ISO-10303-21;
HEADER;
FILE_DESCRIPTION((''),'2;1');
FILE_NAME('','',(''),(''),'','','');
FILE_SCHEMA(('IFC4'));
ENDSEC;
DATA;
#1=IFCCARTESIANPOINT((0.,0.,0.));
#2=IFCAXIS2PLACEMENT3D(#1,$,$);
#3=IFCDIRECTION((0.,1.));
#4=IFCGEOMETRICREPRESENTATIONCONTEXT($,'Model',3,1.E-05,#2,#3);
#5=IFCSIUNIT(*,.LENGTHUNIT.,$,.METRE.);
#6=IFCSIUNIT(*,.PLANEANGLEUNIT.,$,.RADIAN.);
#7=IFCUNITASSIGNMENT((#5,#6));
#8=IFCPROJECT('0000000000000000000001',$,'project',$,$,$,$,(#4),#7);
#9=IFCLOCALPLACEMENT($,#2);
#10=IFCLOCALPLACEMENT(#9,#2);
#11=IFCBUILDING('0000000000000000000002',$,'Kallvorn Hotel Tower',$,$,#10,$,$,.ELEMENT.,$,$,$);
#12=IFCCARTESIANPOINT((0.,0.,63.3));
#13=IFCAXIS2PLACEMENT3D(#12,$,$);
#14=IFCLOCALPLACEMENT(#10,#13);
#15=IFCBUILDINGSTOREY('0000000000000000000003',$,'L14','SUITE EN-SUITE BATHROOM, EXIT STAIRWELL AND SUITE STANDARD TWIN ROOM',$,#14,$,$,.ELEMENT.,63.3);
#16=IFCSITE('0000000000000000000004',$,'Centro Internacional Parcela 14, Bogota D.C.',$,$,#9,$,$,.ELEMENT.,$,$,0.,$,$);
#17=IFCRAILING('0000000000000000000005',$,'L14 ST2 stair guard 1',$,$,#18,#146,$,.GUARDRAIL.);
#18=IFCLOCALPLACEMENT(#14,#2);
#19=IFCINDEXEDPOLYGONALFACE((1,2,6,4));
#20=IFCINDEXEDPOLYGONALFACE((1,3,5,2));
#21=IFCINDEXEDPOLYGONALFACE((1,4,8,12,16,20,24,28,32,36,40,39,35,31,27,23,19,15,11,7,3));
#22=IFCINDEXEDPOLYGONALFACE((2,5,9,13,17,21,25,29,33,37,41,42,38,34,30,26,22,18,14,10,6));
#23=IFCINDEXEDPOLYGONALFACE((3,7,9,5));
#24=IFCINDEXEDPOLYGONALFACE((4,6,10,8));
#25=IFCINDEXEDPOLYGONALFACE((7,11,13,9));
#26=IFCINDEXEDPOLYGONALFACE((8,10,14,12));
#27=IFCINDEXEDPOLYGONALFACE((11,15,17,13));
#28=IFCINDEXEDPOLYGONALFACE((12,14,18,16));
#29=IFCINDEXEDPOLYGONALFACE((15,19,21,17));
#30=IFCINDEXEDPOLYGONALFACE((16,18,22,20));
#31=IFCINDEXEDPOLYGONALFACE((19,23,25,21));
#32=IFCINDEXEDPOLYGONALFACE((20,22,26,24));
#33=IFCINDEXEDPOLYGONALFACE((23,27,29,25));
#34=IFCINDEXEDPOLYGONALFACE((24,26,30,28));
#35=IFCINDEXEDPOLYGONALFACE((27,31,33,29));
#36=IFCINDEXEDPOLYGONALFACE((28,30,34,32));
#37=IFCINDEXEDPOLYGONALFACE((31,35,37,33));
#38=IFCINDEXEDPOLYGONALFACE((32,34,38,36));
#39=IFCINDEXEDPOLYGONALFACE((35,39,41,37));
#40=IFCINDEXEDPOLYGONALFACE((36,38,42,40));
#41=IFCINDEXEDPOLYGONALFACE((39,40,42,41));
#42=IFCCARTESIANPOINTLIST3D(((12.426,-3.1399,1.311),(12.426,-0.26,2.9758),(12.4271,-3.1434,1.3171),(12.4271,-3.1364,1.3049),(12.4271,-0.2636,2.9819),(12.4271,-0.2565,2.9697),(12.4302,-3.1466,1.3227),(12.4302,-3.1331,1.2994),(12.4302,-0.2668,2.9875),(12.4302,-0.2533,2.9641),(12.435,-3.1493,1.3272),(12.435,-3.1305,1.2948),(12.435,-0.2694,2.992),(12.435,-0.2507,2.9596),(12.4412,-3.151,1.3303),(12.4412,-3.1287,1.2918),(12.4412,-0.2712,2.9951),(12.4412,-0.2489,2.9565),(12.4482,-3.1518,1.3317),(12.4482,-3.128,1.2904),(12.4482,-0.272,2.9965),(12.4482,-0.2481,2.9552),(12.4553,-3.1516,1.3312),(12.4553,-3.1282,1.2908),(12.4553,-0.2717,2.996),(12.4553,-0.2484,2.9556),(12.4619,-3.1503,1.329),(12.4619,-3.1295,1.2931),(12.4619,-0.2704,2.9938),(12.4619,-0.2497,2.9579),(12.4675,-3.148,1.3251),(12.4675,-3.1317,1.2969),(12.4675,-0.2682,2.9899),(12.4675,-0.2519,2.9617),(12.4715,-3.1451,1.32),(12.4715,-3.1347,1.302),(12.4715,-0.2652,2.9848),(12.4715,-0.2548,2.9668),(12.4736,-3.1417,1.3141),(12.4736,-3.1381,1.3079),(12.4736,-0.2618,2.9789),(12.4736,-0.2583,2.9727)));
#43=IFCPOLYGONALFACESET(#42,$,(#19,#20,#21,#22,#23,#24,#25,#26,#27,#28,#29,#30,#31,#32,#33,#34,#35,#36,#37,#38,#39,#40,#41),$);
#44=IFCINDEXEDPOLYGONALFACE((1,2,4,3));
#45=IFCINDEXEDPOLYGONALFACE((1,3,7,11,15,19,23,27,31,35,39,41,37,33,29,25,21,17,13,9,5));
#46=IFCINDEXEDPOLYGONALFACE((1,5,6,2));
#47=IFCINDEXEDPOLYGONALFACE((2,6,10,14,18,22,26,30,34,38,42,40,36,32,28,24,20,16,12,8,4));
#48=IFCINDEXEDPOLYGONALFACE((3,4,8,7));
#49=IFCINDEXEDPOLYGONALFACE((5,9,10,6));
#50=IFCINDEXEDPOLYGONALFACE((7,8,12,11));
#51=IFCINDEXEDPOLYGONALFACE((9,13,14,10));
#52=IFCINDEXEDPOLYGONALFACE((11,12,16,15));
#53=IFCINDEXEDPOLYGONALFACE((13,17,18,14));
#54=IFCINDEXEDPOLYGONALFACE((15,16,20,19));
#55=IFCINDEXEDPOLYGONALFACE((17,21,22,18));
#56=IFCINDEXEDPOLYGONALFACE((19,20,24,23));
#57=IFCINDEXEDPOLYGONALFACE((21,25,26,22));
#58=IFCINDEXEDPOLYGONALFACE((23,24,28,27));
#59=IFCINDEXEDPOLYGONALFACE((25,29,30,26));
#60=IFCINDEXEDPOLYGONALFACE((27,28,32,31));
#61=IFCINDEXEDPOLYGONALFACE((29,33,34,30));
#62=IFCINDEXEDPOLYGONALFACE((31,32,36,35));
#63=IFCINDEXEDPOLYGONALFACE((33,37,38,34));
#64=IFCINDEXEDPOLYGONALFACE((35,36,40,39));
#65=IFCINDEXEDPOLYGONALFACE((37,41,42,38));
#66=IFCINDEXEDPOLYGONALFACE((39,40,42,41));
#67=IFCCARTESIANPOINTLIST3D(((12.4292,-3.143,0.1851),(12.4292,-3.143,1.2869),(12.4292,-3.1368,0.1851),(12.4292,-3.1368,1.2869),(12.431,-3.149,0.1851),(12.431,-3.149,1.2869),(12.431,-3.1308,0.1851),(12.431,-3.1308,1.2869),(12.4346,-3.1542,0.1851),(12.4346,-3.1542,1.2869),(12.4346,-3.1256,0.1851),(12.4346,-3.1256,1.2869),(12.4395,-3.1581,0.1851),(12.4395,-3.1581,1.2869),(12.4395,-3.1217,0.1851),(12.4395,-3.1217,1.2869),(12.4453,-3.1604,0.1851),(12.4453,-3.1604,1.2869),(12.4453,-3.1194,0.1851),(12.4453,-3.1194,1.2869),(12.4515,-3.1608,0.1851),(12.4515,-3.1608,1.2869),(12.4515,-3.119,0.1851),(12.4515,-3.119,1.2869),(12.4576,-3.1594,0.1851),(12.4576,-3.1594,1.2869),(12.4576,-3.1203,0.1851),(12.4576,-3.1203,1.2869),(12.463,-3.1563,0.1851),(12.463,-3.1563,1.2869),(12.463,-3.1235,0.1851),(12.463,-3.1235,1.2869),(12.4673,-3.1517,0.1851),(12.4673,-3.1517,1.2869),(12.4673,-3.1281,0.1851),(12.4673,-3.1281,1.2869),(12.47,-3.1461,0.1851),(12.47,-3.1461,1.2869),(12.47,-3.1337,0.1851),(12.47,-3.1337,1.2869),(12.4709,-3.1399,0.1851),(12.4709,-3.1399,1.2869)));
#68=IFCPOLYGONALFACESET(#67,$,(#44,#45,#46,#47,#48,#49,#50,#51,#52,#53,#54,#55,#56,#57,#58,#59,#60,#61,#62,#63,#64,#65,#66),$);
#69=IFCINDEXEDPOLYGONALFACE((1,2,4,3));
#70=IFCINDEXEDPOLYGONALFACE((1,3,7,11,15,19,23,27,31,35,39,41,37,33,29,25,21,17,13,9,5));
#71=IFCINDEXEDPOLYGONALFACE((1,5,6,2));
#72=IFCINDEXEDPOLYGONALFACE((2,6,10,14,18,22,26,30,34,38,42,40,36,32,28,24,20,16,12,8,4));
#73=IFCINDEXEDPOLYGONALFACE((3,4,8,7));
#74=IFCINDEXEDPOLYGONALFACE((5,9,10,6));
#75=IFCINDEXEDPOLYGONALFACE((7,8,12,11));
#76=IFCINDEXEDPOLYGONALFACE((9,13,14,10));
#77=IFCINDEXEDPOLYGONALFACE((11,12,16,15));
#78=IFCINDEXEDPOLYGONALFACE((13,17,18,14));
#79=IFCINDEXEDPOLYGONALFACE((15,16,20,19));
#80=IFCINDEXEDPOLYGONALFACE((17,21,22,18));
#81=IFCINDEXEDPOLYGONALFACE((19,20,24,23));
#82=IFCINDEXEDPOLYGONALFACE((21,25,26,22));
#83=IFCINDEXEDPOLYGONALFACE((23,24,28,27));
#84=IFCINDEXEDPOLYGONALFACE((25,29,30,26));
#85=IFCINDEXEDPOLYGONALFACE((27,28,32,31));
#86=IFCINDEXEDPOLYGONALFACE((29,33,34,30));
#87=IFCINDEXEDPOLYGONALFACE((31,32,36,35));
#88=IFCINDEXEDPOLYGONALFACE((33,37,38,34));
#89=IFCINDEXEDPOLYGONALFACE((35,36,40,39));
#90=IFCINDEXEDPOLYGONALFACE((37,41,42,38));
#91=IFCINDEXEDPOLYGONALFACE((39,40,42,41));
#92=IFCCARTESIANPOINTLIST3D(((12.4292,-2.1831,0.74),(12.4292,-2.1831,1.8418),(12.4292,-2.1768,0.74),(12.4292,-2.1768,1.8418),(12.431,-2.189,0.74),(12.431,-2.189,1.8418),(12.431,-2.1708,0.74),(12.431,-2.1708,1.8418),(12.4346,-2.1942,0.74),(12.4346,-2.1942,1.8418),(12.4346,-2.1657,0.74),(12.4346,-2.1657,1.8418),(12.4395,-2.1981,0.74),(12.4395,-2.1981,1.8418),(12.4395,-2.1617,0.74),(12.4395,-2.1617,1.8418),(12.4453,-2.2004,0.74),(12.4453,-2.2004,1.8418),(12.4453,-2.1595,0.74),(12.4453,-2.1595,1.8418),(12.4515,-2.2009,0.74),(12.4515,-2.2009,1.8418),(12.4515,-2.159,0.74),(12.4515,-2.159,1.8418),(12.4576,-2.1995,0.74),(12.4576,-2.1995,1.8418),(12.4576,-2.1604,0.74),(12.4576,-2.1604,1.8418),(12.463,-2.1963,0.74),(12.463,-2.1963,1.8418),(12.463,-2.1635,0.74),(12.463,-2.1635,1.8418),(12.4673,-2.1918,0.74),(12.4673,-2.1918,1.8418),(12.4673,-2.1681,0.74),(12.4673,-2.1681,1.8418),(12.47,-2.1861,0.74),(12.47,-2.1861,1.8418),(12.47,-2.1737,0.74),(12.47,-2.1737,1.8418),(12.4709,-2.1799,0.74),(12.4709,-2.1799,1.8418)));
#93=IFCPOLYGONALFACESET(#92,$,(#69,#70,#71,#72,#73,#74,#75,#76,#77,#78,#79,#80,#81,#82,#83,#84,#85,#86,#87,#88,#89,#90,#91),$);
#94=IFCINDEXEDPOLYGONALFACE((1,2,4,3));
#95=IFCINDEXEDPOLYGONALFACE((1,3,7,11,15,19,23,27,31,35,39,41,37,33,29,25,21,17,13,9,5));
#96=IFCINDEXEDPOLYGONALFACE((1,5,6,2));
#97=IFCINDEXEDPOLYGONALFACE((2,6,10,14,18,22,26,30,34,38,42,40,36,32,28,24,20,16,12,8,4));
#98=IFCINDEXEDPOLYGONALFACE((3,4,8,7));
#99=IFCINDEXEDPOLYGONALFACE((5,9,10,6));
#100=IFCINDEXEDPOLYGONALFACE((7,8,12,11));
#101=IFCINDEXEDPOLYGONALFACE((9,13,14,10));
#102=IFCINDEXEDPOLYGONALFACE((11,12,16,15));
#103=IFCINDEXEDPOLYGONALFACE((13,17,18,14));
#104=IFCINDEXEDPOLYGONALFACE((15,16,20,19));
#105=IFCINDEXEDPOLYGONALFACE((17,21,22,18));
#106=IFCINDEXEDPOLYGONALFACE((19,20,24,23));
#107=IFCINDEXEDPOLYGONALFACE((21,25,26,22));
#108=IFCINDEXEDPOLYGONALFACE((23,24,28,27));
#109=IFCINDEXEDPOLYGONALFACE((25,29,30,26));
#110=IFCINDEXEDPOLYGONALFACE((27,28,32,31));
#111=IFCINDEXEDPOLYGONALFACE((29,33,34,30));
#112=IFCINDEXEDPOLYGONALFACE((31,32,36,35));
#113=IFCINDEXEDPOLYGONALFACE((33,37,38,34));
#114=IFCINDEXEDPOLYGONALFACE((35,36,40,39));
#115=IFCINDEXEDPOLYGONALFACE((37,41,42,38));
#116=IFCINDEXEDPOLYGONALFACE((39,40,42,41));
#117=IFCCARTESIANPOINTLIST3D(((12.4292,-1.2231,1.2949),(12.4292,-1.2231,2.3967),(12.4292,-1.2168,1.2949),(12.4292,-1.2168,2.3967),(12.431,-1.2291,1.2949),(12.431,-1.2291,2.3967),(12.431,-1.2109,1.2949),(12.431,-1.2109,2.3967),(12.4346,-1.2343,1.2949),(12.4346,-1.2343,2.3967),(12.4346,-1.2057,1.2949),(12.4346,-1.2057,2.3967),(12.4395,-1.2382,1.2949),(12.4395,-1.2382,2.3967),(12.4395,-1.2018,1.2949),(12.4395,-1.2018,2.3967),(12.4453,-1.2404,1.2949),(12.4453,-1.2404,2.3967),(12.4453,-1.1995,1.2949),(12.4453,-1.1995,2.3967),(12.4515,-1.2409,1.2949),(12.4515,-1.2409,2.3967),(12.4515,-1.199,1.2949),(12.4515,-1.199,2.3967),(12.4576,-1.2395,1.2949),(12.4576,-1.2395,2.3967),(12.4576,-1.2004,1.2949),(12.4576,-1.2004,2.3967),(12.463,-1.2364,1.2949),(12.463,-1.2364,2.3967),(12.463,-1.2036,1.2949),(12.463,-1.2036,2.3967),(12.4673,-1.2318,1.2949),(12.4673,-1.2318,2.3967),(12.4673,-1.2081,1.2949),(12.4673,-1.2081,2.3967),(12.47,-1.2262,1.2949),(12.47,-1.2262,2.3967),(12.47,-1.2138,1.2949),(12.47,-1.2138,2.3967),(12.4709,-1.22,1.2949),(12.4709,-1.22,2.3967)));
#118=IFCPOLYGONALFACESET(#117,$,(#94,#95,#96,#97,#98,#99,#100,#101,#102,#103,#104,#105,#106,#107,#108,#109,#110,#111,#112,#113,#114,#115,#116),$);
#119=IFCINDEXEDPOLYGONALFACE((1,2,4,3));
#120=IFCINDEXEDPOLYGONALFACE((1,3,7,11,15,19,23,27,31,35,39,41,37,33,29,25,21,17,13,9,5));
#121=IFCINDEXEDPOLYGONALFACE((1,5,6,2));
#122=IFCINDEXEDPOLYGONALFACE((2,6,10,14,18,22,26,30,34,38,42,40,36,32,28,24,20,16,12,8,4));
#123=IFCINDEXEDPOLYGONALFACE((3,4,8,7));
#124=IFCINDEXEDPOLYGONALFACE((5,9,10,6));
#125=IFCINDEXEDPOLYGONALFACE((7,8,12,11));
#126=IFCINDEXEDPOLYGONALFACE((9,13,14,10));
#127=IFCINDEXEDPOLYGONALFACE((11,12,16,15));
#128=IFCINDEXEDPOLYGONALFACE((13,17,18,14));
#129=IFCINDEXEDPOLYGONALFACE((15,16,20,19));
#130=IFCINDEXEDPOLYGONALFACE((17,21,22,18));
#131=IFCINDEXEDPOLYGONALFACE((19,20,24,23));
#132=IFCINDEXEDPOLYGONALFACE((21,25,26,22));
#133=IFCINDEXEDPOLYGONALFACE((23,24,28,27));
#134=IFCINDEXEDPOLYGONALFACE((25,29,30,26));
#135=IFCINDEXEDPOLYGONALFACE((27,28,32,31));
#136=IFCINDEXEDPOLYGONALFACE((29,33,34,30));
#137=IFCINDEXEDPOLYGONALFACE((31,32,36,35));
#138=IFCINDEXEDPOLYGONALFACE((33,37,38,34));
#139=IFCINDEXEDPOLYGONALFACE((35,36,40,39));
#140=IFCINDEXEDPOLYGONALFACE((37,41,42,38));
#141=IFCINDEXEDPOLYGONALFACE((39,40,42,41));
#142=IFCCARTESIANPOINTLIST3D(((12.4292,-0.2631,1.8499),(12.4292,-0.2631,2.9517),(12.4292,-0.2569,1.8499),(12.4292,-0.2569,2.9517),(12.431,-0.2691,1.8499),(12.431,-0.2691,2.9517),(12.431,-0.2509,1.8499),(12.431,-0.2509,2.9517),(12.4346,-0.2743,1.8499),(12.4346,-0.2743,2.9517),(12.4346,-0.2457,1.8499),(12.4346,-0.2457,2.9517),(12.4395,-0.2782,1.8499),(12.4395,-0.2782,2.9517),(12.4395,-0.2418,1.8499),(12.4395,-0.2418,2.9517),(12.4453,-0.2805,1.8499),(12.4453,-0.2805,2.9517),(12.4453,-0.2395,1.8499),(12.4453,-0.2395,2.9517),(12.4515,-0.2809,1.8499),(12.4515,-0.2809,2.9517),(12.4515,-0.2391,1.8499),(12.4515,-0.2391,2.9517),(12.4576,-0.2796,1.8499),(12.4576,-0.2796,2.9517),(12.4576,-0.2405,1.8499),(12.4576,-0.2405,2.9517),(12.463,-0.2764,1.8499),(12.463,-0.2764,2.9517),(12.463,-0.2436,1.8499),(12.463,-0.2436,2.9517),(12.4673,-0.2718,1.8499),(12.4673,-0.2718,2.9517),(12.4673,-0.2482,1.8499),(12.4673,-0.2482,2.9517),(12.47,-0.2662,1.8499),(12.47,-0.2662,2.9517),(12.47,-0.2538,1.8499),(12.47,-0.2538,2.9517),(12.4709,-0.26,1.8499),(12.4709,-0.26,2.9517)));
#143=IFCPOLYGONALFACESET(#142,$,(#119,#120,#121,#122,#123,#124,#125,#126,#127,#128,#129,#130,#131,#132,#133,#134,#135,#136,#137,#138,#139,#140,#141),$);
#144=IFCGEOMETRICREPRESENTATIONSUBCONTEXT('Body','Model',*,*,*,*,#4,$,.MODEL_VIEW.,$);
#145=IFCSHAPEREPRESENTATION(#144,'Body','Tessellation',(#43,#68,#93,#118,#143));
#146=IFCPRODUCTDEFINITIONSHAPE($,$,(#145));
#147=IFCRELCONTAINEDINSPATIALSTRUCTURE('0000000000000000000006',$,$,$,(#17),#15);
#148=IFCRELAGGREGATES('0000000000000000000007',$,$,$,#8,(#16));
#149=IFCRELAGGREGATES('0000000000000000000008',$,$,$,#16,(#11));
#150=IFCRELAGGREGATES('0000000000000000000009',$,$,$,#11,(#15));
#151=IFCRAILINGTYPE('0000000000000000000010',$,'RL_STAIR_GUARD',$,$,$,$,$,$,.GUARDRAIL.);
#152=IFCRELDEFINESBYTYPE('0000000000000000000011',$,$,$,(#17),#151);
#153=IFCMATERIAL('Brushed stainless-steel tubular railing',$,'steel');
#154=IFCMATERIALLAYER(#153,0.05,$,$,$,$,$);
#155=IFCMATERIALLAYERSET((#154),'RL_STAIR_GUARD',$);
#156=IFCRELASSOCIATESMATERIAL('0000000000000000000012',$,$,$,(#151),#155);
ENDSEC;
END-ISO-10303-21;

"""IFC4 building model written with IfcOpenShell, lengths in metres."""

from ifc_helpers import new_model, si_unit, direction, frame, origin, origin_2d, place, context, subcontext, project, spatial, circle, extrude, material, layer, layer_set, type_object, element, save


model = new_model("IFC4")

# Units and contexts
model_context = context("Model", 3, precision=1e-05, world=origin(), true_north=direction((0.0, 1.0)))
body_context = subcontext(model_context, "Body", "Model", "MODEL_VIEW")
ifc_project = project(units=[si_unit("LENGTHUNIT", "METRE"), si_unit("PLANEANGLEUNIT", "RADIAN")], contexts=[model_context])

# Site, building, storey
site_placement = place(None, origin())
site = spatial("IfcSite", under=ifc_project, at=site_placement, Name="Centro Internacional Parcela 14, Bogota D.C.", CompositionType="ELEMENT", RefElevation=0.0)
building_placement = place(site_placement, origin())
building = spatial("IfcBuilding", under=site, at=building_placement, Name="Kallvorn Hotel Tower", CompositionType="ELEMENT")
storey_placement = place(building_placement, frame((0.0, 0.0, 63.3)))
storey = spatial("IfcBuildingStorey", under=building, at=storey_placement, Name="L14", Description="SUITE EN-SUITE BATHROOM, EXIT STAIRWELL AND SUITE STANDARD TWIN ROOM", CompositionType="ELEMENT", Elevation=63.3)

# Railing
ifc_material_1 = material(Name="Brushed stainless-steel tubular railing", Category="steel")
ifc_layer_1 = layer(ifc_material_1, 0.05)
ifc_layer_set_1 = layer_set([ifc_layer_1], Name="RL_STAIR_GUARD")
railing_type = type_object("IfcRailingType", Name="RL_STAIR_GUARD", PredefinedType="GUARDRAIL", material=ifc_layer_set_1)
railing_1_placement = place(storey_placement, frame((12.45, -3.1399, 0.1851)))
element("IfcRailing", 1, at=railing_1_placement, inside=storey, type_object=railing_type, Name="L14 ST2 stair guard 1", PredefinedType="GUARDRAIL", context=body_context, shape_type="SweptSolid", body=[
    extrude(circle(Radius=0.0239, at=origin_2d()), frame((0.0, 0.0, 1.126), z_axis=(0.0, 0.865753, 0.500472), x_axis=(-1.0, 0.0, 0.0)), (0.0, 0.0, 1.0), 3.3264),
    extrude(circle(Radius=0.021, at=origin_2d()), origin(), (0.0, 0.0, 1.0), 1.1018),
    extrude(circle(Radius=0.021, at=origin_2d()), frame((0.0, 0.96, 0.5549)), (0.0, 0.0, 1.0), 1.1018),
    extrude(circle(Radius=0.021, at=origin_2d()), frame((0.0, 1.9199, 1.1099)), (0.0, 0.0, 1.0), 1.1018),
    extrude(circle(Radius=0.021, at=origin_2d()), frame((0.0, 2.8799, 1.6648)), (0.0, 0.0, 1.0), 1.1018),
])

save(model, "model.ifc")
